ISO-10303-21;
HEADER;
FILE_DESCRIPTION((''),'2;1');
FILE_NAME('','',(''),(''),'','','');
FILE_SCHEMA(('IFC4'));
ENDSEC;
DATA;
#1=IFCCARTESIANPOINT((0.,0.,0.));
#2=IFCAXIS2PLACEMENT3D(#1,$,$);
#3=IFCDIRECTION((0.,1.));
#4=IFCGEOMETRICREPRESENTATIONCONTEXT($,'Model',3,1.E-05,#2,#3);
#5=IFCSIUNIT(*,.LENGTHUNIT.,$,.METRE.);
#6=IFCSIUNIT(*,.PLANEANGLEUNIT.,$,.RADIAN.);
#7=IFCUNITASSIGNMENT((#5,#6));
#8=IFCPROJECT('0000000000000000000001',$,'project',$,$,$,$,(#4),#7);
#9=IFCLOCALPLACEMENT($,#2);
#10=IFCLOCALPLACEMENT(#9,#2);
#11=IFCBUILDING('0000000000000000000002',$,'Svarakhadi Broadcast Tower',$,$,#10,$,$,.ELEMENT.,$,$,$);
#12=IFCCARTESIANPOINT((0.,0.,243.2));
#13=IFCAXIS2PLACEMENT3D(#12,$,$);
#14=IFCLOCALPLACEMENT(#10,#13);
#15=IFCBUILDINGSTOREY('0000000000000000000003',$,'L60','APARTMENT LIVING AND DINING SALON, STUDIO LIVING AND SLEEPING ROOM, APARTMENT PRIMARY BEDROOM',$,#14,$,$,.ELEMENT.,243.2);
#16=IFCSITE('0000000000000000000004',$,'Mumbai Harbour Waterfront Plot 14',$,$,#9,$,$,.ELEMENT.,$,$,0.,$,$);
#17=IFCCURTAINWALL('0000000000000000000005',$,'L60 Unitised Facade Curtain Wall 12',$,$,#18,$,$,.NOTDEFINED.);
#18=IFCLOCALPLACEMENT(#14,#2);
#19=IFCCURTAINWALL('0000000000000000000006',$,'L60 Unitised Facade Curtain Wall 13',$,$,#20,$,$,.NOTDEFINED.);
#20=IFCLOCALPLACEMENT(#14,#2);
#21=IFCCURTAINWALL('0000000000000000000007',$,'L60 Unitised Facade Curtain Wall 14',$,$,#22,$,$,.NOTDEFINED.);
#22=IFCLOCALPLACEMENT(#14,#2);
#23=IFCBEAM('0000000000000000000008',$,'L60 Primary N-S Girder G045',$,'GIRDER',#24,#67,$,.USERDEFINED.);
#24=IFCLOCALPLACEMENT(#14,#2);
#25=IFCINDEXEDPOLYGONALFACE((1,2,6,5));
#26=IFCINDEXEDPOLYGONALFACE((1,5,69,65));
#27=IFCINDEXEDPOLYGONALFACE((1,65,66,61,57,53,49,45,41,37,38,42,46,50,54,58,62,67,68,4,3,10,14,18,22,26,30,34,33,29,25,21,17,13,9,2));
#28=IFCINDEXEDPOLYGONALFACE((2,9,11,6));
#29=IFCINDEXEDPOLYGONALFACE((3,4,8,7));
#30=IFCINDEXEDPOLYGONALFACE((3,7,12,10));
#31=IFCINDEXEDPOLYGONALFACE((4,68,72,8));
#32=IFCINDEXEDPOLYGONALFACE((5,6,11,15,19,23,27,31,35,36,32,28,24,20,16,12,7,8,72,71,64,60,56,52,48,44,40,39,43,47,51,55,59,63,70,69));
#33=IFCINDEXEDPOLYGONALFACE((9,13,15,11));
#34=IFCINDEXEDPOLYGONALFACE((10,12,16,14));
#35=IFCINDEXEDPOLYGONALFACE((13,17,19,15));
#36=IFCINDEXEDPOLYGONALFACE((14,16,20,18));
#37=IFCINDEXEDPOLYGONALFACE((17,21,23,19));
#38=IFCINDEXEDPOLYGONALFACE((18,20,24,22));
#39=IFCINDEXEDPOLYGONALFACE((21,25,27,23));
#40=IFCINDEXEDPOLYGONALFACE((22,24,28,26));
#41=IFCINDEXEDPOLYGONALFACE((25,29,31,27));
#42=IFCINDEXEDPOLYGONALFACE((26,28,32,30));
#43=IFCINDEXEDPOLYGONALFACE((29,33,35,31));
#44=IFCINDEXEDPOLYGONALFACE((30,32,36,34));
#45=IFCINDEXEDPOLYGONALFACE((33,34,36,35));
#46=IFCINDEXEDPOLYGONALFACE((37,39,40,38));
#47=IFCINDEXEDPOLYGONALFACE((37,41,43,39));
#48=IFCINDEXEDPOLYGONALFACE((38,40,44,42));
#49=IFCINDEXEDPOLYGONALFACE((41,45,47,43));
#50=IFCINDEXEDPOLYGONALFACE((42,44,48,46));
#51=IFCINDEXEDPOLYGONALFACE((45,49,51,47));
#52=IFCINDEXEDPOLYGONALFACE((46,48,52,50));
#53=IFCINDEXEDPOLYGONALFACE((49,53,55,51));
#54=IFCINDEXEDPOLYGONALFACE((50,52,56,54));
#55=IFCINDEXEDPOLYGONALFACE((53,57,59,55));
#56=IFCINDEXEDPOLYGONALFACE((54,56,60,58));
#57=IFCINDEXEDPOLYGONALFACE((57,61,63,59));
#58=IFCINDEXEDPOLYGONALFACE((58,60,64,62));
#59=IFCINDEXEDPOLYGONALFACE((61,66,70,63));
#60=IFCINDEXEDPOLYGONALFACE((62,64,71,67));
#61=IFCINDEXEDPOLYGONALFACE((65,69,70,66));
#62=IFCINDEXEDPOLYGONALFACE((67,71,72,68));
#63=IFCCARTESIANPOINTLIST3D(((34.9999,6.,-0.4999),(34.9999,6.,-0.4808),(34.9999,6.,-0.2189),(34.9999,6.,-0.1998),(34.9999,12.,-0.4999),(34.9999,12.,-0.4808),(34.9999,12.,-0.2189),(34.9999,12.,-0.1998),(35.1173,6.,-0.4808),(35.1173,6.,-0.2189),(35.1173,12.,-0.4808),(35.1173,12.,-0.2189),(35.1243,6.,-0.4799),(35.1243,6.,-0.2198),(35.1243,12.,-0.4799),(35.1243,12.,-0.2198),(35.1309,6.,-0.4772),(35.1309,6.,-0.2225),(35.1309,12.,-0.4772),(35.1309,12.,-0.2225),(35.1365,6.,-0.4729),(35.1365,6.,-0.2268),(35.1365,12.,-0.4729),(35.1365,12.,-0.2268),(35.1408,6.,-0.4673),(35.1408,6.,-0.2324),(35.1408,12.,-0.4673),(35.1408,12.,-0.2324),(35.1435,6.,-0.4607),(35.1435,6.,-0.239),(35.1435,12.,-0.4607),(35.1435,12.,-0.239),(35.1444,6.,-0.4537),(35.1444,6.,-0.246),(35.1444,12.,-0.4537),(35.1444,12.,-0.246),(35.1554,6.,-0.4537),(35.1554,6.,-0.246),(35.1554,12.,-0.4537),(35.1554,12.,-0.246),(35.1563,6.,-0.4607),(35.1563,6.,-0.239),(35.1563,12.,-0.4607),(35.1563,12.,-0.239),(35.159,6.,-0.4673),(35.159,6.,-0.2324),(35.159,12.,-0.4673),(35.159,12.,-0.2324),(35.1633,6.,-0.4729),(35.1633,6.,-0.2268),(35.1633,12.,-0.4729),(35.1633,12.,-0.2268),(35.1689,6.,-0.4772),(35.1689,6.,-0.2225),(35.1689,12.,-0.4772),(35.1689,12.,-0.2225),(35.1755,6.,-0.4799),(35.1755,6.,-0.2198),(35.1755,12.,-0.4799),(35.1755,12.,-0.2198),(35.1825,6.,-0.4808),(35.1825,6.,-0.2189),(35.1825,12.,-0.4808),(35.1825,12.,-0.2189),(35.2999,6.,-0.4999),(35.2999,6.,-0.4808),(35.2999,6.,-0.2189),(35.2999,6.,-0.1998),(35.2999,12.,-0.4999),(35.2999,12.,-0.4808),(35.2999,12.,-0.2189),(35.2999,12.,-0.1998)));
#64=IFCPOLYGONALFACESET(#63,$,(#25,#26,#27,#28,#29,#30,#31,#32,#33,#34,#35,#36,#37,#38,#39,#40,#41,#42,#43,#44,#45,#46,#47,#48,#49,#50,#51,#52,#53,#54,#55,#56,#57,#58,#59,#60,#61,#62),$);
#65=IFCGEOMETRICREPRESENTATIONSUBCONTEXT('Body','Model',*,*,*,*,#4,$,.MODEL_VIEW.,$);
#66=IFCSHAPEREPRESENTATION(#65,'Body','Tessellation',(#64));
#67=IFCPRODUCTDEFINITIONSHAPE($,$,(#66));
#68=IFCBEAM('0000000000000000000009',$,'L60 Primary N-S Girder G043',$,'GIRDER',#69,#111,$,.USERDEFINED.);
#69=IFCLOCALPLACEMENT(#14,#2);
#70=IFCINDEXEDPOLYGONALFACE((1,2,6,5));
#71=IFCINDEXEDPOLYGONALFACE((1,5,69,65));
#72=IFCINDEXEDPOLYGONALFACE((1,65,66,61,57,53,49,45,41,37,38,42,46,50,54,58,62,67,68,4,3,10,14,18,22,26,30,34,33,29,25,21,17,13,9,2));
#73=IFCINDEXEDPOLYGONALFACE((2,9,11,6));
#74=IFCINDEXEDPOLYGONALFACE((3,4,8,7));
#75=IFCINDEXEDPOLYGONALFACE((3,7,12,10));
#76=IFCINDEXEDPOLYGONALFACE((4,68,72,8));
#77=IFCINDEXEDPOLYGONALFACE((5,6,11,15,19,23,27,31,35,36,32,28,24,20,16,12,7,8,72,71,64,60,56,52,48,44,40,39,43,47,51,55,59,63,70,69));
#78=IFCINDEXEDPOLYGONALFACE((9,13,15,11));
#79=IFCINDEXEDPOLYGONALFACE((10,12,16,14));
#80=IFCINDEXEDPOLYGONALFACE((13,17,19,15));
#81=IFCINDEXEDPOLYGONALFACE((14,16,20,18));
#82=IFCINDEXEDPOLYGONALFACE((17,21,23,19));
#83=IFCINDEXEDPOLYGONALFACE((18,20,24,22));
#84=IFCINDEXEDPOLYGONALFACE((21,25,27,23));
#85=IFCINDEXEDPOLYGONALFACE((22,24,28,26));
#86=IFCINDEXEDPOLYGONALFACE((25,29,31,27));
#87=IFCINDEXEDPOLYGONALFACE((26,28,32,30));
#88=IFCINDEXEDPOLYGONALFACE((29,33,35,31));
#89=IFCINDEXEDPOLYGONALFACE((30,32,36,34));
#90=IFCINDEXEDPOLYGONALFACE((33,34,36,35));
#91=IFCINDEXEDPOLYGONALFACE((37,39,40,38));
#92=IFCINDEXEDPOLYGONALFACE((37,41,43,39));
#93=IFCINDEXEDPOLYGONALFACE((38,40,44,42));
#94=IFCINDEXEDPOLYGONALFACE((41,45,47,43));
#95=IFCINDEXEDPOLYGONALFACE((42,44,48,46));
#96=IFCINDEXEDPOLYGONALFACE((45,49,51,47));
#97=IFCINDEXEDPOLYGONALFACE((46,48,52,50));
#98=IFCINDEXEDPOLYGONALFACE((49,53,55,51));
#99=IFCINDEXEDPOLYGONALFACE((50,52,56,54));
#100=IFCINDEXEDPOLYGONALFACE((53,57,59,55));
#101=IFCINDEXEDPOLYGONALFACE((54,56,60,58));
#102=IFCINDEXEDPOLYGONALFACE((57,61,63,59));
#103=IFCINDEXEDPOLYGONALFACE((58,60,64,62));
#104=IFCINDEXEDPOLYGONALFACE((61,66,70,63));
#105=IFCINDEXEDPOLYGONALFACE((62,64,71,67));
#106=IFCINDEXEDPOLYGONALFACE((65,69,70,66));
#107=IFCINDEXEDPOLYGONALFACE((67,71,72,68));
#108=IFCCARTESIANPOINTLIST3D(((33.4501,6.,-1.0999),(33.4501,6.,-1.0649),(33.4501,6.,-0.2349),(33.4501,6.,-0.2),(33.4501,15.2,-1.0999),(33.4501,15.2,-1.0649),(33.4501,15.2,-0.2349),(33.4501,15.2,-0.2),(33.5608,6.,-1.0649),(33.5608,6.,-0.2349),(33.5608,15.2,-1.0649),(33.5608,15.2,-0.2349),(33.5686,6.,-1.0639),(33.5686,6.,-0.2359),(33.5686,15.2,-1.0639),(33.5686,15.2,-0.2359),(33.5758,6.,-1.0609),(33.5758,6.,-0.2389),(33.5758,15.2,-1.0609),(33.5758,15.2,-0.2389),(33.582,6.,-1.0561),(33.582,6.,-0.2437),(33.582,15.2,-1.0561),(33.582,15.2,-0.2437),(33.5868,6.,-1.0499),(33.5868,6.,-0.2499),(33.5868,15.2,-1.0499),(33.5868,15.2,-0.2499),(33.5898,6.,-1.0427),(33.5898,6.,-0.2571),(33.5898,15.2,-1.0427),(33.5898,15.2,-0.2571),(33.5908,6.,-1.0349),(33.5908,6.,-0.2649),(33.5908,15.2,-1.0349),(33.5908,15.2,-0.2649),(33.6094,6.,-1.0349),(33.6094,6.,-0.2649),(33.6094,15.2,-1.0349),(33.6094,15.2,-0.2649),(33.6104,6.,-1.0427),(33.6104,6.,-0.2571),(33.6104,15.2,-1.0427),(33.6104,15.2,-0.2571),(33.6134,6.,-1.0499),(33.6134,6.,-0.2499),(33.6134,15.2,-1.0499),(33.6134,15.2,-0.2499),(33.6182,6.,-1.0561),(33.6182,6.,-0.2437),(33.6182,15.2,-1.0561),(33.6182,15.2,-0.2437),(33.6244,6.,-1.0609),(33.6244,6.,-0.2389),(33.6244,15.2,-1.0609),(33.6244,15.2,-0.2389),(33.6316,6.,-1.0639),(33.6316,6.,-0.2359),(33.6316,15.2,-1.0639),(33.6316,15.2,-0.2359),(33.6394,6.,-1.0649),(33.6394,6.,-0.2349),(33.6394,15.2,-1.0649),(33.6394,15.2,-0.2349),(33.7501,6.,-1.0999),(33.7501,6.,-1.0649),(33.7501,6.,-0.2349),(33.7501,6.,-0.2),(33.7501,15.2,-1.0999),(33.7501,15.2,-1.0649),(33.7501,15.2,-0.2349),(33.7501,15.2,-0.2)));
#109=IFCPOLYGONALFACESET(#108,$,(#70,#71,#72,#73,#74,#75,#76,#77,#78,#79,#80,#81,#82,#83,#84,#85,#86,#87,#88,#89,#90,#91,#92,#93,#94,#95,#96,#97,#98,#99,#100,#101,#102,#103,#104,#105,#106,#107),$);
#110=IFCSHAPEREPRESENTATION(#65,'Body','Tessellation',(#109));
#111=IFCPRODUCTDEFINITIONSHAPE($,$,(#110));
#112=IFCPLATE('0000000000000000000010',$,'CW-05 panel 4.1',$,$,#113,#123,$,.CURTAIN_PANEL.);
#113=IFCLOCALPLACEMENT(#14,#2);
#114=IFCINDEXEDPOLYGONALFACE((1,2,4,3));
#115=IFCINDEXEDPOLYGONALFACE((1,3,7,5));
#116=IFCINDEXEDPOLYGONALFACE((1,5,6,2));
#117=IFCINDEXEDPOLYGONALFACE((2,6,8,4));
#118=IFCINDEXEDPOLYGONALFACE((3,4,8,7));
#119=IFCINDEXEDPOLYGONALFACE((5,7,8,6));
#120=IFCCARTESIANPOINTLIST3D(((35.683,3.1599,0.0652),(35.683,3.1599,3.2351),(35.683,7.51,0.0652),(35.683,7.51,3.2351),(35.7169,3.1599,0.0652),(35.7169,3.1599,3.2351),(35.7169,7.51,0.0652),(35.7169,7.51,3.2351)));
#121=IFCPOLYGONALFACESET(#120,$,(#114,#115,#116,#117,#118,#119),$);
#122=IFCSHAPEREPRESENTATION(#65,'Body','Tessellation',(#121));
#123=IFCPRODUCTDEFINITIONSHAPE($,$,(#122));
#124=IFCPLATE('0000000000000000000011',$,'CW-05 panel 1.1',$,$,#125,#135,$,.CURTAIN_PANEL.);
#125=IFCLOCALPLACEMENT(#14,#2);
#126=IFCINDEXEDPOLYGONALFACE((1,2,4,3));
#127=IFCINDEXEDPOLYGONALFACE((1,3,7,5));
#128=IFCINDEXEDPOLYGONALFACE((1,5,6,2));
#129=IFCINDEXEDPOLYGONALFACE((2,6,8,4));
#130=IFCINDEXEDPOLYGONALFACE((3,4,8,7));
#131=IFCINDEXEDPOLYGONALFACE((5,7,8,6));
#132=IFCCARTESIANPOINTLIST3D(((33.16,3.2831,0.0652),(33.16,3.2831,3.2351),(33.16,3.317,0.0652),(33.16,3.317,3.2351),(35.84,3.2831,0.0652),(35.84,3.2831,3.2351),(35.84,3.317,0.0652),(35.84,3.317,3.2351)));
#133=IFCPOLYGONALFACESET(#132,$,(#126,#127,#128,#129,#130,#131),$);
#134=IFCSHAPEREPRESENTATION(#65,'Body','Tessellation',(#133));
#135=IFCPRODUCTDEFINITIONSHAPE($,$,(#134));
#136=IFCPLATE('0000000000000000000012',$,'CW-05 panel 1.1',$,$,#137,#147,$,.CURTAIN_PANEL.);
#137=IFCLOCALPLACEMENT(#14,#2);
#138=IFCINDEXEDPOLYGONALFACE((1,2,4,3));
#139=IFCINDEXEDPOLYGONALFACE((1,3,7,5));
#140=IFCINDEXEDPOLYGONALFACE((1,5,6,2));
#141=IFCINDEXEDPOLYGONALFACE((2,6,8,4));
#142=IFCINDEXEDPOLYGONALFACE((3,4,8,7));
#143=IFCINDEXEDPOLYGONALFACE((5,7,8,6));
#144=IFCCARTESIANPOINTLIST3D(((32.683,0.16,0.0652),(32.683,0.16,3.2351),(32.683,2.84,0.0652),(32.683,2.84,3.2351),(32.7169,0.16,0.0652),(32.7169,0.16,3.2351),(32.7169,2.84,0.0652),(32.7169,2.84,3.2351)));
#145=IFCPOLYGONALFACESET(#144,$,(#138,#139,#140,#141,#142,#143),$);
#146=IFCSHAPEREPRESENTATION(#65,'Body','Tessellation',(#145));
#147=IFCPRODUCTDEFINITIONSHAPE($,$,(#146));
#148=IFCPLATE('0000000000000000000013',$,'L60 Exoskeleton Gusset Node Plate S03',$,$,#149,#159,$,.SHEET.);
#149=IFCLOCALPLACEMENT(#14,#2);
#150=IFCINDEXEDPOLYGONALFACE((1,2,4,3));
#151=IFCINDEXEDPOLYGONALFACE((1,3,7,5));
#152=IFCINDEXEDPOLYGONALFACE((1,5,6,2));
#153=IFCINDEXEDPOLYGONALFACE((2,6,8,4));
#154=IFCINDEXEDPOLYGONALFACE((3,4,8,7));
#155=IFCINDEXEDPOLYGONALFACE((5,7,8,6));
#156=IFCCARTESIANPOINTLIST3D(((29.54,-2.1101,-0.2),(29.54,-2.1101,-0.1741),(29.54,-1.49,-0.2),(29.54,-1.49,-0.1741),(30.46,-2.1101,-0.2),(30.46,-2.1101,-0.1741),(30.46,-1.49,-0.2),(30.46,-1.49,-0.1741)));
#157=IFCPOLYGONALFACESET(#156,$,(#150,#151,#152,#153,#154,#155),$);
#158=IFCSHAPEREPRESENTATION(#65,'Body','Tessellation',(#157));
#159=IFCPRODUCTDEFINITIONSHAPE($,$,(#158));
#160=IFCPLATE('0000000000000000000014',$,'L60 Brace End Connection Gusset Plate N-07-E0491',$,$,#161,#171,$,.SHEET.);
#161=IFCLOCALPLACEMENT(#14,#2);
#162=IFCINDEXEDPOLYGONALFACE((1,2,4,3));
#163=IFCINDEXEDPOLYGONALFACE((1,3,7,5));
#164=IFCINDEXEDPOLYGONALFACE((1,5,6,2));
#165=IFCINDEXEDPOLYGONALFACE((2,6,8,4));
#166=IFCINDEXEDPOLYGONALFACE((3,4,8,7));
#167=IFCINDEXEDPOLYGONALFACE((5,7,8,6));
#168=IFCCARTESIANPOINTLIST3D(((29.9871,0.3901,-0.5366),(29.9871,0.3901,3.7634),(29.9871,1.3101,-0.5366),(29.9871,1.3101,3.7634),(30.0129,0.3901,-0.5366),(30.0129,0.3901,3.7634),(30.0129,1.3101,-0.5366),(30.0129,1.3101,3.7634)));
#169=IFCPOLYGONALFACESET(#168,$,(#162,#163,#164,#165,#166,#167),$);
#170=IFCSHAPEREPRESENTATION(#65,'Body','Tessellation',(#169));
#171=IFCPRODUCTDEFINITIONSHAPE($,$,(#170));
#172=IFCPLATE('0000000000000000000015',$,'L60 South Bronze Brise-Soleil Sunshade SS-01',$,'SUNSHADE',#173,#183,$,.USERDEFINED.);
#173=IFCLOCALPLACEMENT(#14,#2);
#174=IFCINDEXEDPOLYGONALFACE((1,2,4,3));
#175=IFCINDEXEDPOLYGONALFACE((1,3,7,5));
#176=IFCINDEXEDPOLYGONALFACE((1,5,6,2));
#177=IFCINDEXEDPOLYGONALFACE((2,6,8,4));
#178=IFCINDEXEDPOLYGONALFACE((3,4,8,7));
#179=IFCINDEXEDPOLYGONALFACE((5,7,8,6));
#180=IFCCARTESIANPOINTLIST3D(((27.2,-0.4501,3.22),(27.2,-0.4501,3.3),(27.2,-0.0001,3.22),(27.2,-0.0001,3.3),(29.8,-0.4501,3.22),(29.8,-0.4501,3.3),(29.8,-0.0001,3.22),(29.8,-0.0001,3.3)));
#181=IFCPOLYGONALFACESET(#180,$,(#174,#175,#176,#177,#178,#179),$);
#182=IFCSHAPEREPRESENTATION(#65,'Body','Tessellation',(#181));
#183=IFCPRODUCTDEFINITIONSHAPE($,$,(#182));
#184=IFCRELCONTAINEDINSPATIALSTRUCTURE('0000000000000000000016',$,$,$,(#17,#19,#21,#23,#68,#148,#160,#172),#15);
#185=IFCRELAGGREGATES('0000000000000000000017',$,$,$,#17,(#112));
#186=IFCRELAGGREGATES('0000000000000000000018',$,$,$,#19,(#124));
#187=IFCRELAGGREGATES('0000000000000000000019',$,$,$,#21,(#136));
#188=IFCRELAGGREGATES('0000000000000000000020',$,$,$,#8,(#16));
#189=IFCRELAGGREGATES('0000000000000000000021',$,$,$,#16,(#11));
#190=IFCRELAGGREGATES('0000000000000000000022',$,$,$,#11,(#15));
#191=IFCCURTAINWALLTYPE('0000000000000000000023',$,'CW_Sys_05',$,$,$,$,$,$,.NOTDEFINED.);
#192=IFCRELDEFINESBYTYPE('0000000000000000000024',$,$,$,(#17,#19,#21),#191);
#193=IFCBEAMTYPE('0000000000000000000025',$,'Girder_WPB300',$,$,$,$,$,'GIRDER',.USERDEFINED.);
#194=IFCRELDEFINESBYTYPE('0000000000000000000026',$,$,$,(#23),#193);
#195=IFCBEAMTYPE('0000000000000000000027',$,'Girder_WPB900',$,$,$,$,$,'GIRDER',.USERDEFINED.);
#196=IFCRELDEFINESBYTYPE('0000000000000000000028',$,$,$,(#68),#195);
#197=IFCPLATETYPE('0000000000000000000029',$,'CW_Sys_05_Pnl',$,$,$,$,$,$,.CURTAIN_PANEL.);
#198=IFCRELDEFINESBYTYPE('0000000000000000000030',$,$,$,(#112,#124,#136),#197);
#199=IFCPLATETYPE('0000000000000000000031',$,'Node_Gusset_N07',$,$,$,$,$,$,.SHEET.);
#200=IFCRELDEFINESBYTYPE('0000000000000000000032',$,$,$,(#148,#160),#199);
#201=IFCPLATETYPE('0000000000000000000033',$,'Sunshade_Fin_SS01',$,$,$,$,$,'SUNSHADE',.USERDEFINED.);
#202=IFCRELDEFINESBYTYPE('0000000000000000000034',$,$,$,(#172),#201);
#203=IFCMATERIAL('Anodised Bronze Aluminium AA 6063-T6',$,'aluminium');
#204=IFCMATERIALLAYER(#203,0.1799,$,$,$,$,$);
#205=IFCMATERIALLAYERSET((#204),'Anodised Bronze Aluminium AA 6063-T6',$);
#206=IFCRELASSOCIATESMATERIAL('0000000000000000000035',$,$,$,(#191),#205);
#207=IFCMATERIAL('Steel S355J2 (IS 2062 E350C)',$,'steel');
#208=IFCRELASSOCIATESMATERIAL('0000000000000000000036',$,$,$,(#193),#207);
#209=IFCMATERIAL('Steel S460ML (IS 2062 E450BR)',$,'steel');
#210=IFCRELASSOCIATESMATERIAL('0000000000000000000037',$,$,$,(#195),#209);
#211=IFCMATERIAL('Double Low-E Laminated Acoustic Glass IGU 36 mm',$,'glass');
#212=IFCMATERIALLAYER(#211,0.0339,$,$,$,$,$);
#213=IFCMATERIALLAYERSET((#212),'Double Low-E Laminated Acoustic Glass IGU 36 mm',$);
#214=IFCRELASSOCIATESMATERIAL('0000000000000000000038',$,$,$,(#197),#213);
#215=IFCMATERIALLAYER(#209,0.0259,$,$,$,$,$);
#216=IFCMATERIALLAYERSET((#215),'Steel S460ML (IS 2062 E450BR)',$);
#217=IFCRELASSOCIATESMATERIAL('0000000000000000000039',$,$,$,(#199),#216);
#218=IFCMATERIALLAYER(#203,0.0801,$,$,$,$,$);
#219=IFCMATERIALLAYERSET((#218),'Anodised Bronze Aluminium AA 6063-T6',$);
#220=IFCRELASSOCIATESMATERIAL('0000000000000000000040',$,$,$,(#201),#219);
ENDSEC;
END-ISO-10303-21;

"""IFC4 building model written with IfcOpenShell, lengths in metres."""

from ifc_helpers import new_model, si_unit, direction, frame, origin, origin_2d, place, context, subcontext, project, spatial, rectangle, i_section, extrude, material, layer, layer_set, material_profile, profile_set, type_object, element, aggregate, save


model = new_model("IFC4")

# Units and contexts
model_context = context("Model", 3, precision=1e-05, world=origin(), true_north=direction((0.0, 1.0)))
body_context = subcontext(model_context, "Body", "Model", "MODEL_VIEW")
ifc_project = project(units=[si_unit("LENGTHUNIT", "METRE"), si_unit("PLANEANGLEUNIT", "RADIAN")], contexts=[model_context])

# Site, building, storey
site_placement = place(None, origin())
site = spatial("IfcSite", under=ifc_project, at=site_placement, Name="Mumbai Harbour Waterfront Plot 14", CompositionType="ELEMENT", RefElevation=0.0)
building_placement = place(site_placement, origin())
building = spatial("IfcBuilding", under=site, at=building_placement, Name="Svarakhadi Broadcast Tower", CompositionType="ELEMENT")
storey_placement = place(building_placement, frame((0.0, 0.0, 243.2)))
storey = spatial("IfcBuildingStorey", under=building, at=storey_placement, Name="L60", Description="APARTMENT LIVING AND DINING SALON, STUDIO LIVING AND SLEEPING ROOM, APARTMENT PRIMARY BEDROOM", CompositionType="ELEMENT", Elevation=243.2)

# Shared definitions
ifc_material_1 = material(Name="Steel S460ML (IS 2062 E450BR)", Category="steel")

# Curtain wall
ifc_material_2 = material(Name="Anodised Bronze Aluminium AA 6063-T6", Category="aluminium")
ifc_layer_1 = layer(ifc_material_2, 0.1799)
ifc_layer_set_1 = layer_set([ifc_layer_1], Name="Anodised Bronze Aluminium AA 6063-T6")
curtain_wall_type = type_object("IfcCurtainWallType", Name="CW_Sys_05", PredefinedType="NOTDEFINED", material=ifc_layer_set_1)
curtain_wall_1_placement = place(storey_placement, origin())
curtain_wall_1 = element("IfcCurtainWall", 1, at=curtain_wall_1_placement, inside=storey, type_object=curtain_wall_type, Name="L60 Unitised Facade Curtain Wall 12", PredefinedType="NOTDEFINED")

# Curtain walls
curtain_wall_2_placement = place(storey_placement, origin())
curtain_wall_2 = element("IfcCurtainWall", 2, at=curtain_wall_2_placement, inside=storey, type_object=curtain_wall_type, Name="L60 Unitised Facade Curtain Wall 13", PredefinedType="NOTDEFINED")
curtain_wall_3_placement = place(storey_placement, origin())
curtain_wall_3 = element("IfcCurtainWall", 3, at=curtain_wall_3_placement, inside=storey, type_object=curtain_wall_type, Name="L60 Unitised Facade Curtain Wall 14", PredefinedType="NOTDEFINED")

# Beams
ifc_material_3 = material(Name="Steel S355J2 (IS 2062 E350C)", Category="steel")
ifc_material_profile_1 = material_profile(ifc_material_3, i_section(OverallWidth=0.3, OverallDepth=0.3, WebThickness=0.011, FlangeThickness=0.019, FilletRadius=0.0271, at=origin_2d()), Name="WPB 300x300x117")
ifc_profile_set_1 = profile_set([ifc_material_profile_1], Name="Steel S355J2 (IS 2062 E350C)")
beam_type_1 = type_object("IfcBeamType", Name="Girder_WPB300", ElementType="GIRDER", PredefinedType="USERDEFINED", material=ifc_profile_set_1)
beam_1_placement = place(storey_placement, frame((35.1499, 6.0, -0.3499), z_axis=(0.0, 1.0, 0.0), x_axis=(-1.0, 0.0, 0.0)))
element("IfcBeam", 4, at=beam_1_placement, inside=storey, type_object=beam_type_1, Name="L60 Primary N-S Girder G045", ObjectType="GIRDER", PredefinedType="USERDEFINED", context=body_context, shape_type="SweptSolid", body=[
    extrude(i_section(OverallWidth=0.3, OverallDepth=0.3, WebThickness=0.011, FlangeThickness=0.019, FilletRadius=0.0271, at=origin_2d()), origin(), (0.0, 0.0, 1.0), 6.0),
])
ifc_material_profile_2 = material_profile(ifc_material_1, i_section(OverallWidth=0.3, OverallDepth=0.8999, WebThickness=0.0186, FlangeThickness=0.0349, FilletRadius=0.03, at=origin_2d()), Name="WPB 900x300x291")
ifc_profile_set_2 = profile_set([ifc_material_profile_2], Name="Steel S460ML (IS 2062 E450BR)")
beam_type_2 = type_object("IfcBeamType", Name="Girder_WPB900", ElementType="GIRDER", PredefinedType="USERDEFINED", material=ifc_profile_set_2)
beam_2_placement = place(storey_placement, frame((33.6001, 6.0, -0.6499), z_axis=(0.0, 1.0, 0.0), x_axis=(-1.0, 0.0, 0.0)))
element("IfcBeam", 5, at=beam_2_placement, inside=storey, type_object=beam_type_2, Name="L60 Primary N-S Girder G043", ObjectType="GIRDER", PredefinedType="USERDEFINED", context=body_context, shape_type="SweptSolid", body=[
    extrude(i_section(OverallWidth=0.3, OverallDepth=0.8999, WebThickness=0.0186, FlangeThickness=0.0349, FilletRadius=0.03, at=origin_2d()), origin(), (0.0, 0.0, 1.0), 9.2),
])

# Plates
ifc_material_4 = material(Name="Double Low-E Laminated Acoustic Glass IGU 36 mm", Category="glass")
ifc_layer_2 = layer(ifc_material_4, 0.0339)
ifc_layer_set_2 = layer_set([ifc_layer_2], Name="Double Low-E Laminated Acoustic Glass IGU 36 mm")
plate_type_1 = type_object("IfcPlateType", Name="CW_Sys_05_Pnl", PredefinedType="CURTAIN_PANEL", material=ifc_layer_set_2)
plate_1_placement = place(storey_placement, frame((35.7, 5.335, 0.0652), z_axis=(0.0, 0.0, 1.0), x_axis=(0.0, -1.0, 0.0)))
plate_1 = element("IfcPlate", 6, at=plate_1_placement, type_object=plate_type_1, Name="CW-05 panel 4.1", PredefinedType="CURTAIN_PANEL", context=body_context, shape_type="SweptSolid", body=[
    extrude(rectangle(XDim=4.3501, YDim=0.0339, at=origin_2d()), origin(), (0.0, 0.0, 1.0), 3.1699),
])
aggregate(curtain_wall_1, [plate_1])
plate_2_placement = place(storey_placement, frame((34.5, 3.3, 0.0652), z_axis=(0.0, 0.0, 1.0), x_axis=(-1.0, 0.0, 0.0)))
plate_2 = element("IfcPlate", 7, at=plate_2_placement, type_object=plate_type_1, Name="CW-05 panel 1.1", PredefinedType="CURTAIN_PANEL", context=body_context, shape_type="SweptSolid", body=[
    extrude(rectangle(XDim=2.6799, YDim=0.0339, at=origin_2d()), origin(), (0.0, 0.0, 1.0), 3.1699),
])
aggregate(curtain_wall_2, [plate_2])
plate_3_placement = place(storey_placement, frame((32.7, 1.5, 0.0652), z_axis=(0.0, 0.0, 1.0), x_axis=(0.0, -1.0, 0.0)))
plate_3 = element("IfcPlate", 8, at=plate_3_placement, type_object=plate_type_1, Name="CW-05 panel 1.1", PredefinedType="CURTAIN_PANEL", context=body_context, shape_type="SweptSolid", body=[
    extrude(rectangle(XDim=2.6799, YDim=0.0339, at=origin_2d()), origin(), (0.0, 0.0, 1.0), 3.1699),
])
aggregate(curtain_wall_3, [plate_3])

# Plates
ifc_layer_3 = layer(ifc_material_1, 0.0259)
ifc_layer_set_3 = layer_set([ifc_layer_3], Name="Steel S460ML (IS 2062 E450BR)")
plate_type_2 = type_object("IfcPlateType", Name="Node_Gusset_N07", PredefinedType="SHEET", material=ifc_layer_set_3)
plate_4_placement = place(storey_placement, frame((30.0, -1.8, -0.2), z_axis=(0.0, 0.0, 1.0), x_axis=(1.0, 0.0, 0.0)))
element("IfcPlate", 9, at=plate_4_placement, inside=storey, type_object=plate_type_2, Name="L60 Exoskeleton Gusset Node Plate S03", PredefinedType="SHEET", context=body_context, shape_type="SweptSolid", body=[
    extrude(rectangle(XDim=0.9199, YDim=0.6201, at=origin_2d()), origin(), (0.0, 0.0, 1.0), 0.0259),
])
plate_5_placement = place(storey_placement, frame((30.0, 0.8501, -0.5366), z_axis=(0.0, 0.0, 1.0), x_axis=(0.0, 1.0, 0.0)))
element("IfcPlate", 10, at=plate_5_placement, inside=storey, type_object=plate_type_2, Name="L60 Brace End Connection Gusset Plate N-07-E0491", PredefinedType="SHEET", context=body_context, shape_type="SweptSolid", body=[
    extrude(rectangle(XDim=0.9199, YDim=0.0259, at=origin_2d()), origin(), (0.0, 0.0, 1.0), 4.3),
])
ifc_layer_4 = layer(ifc_material_2, 0.0801)
ifc_layer_set_4 = layer_set([ifc_layer_4], Name="Anodised Bronze Aluminium AA 6063-T6")
plate_type_3 = type_object("IfcPlateType", Name="Sunshade_Fin_SS01", ElementType="SUNSHADE", PredefinedType="USERDEFINED", material=ifc_layer_set_4)
plate_6_placement = place(storey_placement, frame((28.5, -0.2251, 3.22), z_axis=(0.0, 0.0, 1.0), x_axis=(1.0, 0.0, 0.0)))
element("IfcPlate", 11, at=plate_6_placement, inside=storey, type_object=plate_type_3, Name="L60 South Bronze Brise-Soleil Sunshade SS-01", ObjectType="SUNSHADE", PredefinedType="USERDEFINED", context=body_context, shape_type="SweptSolid", body=[
    extrude(rectangle(XDim=2.6001, YDim=0.45, at=origin_2d()), origin(), (0.0, 0.0, 1.0), 0.0801),
])

save(model, "model.ifc")
